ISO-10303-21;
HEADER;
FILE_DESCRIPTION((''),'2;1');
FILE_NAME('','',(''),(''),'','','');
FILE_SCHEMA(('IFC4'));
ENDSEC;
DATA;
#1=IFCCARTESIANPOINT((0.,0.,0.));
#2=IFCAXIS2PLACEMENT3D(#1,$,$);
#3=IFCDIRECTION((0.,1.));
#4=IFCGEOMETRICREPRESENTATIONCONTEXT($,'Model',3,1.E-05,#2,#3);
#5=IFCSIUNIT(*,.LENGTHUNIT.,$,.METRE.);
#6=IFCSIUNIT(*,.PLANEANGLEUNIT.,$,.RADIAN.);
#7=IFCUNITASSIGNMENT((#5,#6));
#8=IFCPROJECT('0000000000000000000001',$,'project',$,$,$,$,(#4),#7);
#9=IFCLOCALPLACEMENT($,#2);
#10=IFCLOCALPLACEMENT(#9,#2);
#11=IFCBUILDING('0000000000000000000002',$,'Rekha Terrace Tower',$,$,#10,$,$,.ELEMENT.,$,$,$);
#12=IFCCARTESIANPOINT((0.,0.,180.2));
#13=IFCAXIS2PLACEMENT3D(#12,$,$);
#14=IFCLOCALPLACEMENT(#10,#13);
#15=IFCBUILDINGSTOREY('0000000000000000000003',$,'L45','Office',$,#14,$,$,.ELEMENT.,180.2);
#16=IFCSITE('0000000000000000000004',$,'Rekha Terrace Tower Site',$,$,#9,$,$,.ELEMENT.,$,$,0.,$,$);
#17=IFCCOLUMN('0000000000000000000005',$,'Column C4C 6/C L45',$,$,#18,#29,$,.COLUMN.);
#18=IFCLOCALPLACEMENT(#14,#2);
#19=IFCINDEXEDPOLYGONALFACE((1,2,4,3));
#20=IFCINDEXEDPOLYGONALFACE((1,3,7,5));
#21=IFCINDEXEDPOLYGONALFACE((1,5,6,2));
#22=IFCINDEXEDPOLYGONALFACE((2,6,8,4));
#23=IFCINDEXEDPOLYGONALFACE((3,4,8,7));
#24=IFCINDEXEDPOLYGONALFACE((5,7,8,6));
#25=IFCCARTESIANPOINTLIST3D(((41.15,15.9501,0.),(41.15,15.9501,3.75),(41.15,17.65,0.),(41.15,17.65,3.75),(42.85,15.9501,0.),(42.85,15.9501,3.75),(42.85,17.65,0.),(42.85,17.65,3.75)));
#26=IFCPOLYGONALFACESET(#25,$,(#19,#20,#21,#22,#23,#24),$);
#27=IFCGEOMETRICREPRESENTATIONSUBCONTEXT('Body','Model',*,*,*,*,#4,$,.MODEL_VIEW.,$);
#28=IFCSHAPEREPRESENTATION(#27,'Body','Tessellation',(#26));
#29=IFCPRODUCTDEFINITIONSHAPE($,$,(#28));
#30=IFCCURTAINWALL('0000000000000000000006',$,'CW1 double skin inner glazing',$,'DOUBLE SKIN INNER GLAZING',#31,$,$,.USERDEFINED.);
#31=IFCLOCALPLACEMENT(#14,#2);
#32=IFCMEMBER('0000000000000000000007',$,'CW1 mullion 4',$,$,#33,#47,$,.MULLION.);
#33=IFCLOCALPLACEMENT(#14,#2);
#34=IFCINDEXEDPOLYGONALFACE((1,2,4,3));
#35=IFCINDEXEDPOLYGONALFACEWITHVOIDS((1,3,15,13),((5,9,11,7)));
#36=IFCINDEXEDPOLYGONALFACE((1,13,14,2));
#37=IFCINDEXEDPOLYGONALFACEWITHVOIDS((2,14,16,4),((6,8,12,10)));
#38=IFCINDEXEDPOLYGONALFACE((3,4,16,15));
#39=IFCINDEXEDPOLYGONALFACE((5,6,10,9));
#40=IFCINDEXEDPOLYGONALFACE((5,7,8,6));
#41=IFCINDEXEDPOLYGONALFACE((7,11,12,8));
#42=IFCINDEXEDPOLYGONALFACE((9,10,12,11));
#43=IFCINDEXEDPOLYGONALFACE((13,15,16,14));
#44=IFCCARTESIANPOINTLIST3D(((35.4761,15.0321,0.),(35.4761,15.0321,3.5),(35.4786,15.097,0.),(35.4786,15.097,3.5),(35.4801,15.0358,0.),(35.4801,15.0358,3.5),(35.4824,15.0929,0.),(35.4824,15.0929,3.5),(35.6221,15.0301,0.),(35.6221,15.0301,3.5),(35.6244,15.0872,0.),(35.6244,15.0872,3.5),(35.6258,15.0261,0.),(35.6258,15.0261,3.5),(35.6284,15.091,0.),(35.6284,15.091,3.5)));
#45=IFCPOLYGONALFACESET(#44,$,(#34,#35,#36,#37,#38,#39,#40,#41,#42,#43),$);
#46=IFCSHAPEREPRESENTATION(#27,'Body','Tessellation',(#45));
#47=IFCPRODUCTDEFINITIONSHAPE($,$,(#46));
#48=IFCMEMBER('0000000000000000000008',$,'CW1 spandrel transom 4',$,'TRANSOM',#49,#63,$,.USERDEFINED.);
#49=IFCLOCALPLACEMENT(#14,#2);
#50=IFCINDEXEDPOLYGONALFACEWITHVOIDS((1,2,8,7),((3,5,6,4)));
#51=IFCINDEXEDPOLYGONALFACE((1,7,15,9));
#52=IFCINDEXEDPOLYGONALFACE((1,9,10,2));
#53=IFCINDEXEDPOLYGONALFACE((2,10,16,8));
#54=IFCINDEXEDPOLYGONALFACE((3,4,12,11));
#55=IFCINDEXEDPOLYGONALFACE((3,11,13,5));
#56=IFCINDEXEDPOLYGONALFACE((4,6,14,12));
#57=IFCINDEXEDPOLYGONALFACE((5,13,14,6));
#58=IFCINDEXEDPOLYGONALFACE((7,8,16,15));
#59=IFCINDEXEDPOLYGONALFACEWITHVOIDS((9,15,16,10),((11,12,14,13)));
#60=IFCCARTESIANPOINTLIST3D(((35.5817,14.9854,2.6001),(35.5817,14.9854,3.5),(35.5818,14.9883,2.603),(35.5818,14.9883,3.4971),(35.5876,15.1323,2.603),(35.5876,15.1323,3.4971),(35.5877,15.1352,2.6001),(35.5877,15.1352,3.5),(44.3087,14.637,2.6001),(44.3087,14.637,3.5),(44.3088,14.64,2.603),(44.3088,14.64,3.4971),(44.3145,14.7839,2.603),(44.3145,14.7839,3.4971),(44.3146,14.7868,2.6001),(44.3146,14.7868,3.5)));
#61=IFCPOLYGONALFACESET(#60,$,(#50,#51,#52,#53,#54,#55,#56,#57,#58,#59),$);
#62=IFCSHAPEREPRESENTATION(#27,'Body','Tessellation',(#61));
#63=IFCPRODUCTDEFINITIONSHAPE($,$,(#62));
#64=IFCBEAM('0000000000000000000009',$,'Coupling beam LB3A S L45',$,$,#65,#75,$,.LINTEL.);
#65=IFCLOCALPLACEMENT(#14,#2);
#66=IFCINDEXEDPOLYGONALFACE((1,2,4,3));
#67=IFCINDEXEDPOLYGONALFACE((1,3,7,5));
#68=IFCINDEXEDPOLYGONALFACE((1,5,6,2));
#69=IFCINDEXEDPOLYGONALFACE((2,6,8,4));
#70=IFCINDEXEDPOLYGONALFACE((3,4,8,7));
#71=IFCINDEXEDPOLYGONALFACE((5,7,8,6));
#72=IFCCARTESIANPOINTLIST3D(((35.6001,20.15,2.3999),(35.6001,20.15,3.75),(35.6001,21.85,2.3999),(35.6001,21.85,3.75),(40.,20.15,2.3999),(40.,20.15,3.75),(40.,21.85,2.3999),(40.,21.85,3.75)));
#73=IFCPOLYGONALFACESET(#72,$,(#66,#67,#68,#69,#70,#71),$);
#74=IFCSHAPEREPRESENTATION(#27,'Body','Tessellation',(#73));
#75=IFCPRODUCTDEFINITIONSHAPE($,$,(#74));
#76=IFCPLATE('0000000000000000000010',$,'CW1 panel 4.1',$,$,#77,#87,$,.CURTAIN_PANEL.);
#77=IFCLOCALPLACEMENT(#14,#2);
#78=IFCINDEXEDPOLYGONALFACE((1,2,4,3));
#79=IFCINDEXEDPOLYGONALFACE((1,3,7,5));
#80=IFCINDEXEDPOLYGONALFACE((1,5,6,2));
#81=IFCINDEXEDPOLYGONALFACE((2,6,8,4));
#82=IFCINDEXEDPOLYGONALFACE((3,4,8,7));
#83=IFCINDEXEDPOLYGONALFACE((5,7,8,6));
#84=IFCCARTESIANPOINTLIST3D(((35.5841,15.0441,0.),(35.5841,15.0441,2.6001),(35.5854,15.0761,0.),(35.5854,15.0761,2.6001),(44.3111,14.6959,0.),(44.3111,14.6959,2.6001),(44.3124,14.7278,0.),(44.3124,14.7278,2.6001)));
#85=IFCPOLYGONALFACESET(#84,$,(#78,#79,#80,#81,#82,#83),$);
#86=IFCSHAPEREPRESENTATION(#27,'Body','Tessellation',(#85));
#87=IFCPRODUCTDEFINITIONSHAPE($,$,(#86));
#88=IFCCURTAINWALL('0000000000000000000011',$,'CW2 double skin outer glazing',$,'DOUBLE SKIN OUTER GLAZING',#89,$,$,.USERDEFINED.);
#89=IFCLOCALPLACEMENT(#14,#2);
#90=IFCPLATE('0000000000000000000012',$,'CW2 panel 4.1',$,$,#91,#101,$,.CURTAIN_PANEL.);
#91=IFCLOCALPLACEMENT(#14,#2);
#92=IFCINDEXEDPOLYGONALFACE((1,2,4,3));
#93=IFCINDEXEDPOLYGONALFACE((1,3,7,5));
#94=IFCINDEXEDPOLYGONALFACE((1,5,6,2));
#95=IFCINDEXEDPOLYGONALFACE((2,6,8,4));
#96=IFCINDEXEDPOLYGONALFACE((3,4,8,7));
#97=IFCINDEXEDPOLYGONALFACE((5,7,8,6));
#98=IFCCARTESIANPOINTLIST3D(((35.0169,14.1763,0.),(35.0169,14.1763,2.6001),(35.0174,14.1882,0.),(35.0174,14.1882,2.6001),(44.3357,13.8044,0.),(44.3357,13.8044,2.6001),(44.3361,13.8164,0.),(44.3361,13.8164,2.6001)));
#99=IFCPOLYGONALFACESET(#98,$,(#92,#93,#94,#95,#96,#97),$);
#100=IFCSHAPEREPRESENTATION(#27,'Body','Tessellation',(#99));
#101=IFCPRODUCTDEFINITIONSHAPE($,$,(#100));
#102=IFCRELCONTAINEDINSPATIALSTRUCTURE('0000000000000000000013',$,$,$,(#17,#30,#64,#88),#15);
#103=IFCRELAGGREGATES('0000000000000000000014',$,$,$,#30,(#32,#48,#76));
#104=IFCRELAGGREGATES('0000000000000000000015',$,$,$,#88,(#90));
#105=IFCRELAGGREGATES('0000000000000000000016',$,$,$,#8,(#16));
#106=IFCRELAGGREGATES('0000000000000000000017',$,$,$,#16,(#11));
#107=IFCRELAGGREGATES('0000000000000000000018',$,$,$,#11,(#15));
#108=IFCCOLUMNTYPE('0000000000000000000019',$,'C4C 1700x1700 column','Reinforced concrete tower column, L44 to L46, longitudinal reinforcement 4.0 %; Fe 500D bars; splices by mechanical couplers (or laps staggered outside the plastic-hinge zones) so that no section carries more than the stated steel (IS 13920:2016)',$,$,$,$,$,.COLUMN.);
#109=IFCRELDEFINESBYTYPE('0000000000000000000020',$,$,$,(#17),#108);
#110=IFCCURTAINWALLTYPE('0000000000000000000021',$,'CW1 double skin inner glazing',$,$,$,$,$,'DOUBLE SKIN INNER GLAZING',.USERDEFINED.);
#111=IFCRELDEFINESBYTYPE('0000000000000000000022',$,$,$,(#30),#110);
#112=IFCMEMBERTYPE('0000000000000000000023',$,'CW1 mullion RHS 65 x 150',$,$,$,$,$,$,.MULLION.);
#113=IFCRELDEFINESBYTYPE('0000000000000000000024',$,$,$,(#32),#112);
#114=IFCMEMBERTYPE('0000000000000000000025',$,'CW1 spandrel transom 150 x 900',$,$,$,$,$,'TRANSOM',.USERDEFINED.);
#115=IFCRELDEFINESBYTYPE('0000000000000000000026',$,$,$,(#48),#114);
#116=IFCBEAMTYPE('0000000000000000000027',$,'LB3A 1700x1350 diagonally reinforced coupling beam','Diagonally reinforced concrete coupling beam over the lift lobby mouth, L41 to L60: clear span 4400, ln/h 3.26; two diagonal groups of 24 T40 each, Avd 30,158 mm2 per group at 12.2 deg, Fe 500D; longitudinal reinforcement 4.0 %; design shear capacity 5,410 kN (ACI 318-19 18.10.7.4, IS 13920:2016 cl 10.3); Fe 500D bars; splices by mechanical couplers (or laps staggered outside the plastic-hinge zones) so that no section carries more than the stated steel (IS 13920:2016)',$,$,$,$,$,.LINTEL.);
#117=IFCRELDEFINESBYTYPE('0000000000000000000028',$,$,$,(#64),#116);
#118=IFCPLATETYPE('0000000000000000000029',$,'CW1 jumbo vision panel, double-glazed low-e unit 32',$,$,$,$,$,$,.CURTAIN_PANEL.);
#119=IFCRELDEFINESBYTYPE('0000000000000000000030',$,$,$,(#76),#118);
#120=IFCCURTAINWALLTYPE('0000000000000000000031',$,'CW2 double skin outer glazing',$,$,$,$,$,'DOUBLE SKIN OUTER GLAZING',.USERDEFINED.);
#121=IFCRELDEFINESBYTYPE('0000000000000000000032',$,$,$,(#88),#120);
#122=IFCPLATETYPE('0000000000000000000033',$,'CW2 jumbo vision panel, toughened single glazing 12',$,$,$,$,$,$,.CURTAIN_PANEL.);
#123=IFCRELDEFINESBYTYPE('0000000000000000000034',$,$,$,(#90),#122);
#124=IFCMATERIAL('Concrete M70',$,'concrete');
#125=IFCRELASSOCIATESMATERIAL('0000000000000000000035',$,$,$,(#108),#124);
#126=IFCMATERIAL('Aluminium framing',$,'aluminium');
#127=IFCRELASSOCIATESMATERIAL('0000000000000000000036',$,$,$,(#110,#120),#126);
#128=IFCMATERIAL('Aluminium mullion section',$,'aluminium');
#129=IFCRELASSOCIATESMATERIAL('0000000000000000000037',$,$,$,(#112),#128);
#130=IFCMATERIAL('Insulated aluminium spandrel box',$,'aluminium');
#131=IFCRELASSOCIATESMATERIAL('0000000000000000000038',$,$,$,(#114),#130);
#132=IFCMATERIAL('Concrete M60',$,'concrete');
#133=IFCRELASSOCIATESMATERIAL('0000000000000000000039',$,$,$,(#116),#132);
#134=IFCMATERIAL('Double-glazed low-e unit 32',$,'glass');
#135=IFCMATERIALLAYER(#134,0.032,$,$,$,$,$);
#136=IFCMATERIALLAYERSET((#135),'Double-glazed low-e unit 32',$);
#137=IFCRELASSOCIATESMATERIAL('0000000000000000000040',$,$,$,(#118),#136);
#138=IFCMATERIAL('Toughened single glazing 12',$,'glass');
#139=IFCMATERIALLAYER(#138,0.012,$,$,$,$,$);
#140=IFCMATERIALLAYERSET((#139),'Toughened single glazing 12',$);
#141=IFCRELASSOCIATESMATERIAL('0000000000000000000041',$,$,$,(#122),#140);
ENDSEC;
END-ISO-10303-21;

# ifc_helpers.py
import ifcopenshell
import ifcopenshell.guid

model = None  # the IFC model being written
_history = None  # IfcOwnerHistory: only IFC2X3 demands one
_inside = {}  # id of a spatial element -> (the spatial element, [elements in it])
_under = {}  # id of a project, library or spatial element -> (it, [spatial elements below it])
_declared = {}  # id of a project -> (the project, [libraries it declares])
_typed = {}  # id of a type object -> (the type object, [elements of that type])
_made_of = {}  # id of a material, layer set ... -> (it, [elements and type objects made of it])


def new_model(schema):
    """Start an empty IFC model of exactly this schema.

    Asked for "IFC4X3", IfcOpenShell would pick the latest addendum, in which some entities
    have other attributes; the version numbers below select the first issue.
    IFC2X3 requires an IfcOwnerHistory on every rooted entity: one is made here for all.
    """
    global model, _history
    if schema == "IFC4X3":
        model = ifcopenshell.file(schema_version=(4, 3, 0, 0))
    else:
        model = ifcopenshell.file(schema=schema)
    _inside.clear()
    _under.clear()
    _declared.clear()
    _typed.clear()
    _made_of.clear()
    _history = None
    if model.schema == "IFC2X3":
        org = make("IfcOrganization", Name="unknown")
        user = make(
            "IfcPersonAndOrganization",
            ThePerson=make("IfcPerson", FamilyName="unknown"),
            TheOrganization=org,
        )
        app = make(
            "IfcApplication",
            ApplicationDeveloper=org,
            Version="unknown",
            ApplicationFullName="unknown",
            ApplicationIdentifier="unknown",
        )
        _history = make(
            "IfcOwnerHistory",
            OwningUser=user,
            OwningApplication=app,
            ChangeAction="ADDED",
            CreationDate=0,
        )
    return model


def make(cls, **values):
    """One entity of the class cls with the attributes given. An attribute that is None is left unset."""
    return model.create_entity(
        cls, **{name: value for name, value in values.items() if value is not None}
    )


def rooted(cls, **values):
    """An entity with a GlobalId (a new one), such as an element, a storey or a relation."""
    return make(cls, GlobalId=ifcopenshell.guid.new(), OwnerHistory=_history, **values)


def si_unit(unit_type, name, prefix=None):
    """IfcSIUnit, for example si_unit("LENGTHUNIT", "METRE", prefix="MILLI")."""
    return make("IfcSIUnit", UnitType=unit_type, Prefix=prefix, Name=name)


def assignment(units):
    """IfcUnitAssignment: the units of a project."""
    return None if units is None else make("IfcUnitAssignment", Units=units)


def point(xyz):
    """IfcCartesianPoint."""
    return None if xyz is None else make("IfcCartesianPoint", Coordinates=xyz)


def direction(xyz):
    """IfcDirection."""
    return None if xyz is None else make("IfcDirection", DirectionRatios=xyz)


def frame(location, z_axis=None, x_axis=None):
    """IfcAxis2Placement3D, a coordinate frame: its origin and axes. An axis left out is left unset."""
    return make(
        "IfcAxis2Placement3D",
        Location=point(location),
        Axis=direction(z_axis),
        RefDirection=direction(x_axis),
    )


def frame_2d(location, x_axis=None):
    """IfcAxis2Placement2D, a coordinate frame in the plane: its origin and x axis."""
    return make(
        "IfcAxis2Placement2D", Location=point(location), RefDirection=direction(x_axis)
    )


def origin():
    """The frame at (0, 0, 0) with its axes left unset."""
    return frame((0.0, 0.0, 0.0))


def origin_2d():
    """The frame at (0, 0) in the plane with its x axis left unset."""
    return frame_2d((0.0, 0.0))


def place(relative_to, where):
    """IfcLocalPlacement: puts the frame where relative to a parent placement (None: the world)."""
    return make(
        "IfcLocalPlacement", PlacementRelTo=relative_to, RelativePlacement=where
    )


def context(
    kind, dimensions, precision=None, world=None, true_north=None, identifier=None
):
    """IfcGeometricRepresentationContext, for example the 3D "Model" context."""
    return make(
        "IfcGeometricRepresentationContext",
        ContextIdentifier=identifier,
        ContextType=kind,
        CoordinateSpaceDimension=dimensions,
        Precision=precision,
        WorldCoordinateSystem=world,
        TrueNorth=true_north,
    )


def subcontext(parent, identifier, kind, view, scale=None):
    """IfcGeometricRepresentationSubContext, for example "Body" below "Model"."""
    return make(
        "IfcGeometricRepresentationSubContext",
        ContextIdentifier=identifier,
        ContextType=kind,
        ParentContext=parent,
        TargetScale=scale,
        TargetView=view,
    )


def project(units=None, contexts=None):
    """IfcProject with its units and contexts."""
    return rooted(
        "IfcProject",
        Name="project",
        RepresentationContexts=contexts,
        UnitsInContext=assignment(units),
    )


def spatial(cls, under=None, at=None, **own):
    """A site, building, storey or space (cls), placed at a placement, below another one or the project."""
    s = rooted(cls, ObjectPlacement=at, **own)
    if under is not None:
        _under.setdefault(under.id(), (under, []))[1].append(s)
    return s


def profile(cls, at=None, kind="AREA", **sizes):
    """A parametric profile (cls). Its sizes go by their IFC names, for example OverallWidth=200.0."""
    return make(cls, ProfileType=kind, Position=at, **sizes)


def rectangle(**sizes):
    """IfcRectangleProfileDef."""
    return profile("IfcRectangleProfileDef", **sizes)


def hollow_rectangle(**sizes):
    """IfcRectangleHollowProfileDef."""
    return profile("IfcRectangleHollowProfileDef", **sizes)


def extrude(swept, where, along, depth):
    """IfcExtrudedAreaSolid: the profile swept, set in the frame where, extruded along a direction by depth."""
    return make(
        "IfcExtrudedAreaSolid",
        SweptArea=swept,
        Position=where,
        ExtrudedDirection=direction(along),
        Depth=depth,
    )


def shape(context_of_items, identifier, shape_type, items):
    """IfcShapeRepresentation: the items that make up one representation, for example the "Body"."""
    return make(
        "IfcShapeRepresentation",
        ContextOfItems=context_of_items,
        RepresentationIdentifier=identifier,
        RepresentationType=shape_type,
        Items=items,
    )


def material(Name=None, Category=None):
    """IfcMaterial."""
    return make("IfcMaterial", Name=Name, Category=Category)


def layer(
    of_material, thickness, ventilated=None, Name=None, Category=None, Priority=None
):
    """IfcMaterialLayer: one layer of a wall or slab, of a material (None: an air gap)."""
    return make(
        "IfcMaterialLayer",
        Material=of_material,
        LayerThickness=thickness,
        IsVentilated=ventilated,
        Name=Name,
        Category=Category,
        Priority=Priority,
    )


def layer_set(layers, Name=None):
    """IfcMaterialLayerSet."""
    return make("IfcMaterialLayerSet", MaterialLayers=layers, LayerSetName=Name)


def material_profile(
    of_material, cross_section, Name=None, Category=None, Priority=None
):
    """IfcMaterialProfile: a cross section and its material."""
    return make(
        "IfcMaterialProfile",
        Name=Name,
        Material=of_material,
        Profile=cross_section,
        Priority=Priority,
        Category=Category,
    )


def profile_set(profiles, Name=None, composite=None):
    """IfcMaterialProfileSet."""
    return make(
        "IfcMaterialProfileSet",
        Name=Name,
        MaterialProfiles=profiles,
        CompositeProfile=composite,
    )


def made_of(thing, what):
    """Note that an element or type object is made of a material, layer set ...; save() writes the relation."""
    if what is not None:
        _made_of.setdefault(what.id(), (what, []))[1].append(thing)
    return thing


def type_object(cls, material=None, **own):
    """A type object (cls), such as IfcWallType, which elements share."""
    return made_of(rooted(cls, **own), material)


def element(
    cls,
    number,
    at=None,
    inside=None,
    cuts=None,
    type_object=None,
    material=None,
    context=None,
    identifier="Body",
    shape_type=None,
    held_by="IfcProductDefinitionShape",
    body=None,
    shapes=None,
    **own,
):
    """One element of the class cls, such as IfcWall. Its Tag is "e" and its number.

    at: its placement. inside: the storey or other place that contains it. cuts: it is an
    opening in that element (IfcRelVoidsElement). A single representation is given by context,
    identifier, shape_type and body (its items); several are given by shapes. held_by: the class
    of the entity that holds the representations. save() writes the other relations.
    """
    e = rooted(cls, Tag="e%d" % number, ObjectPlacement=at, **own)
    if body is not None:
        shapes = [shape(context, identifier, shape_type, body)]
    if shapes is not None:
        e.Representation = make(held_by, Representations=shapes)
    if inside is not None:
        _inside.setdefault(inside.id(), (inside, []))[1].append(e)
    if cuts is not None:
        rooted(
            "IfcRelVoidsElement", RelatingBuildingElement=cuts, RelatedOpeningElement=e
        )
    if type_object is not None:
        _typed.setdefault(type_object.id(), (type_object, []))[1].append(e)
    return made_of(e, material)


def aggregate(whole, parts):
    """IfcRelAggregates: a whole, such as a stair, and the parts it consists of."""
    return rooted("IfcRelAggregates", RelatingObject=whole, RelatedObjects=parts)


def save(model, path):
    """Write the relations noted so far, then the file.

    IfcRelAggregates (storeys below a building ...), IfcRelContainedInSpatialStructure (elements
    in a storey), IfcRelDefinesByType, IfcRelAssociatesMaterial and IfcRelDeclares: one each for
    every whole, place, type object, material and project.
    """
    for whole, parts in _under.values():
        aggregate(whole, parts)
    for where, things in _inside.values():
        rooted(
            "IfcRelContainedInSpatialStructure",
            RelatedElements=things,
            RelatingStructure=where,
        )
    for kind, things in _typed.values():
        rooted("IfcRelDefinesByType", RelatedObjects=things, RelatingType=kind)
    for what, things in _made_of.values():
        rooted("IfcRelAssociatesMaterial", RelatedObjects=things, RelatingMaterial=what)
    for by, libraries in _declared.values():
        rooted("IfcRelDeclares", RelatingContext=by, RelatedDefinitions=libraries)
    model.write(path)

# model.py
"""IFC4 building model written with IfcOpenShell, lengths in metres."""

from ifc_helpers import new_model, si_unit, direction, frame, origin, origin_2d, place, context, subcontext, project, spatial, rectangle, hollow_rectangle, extrude, material, layer, layer_set, material_profile, profile_set, type_object, element, aggregate, save


model = new_model("IFC4")

# Units and contexts
model_context = context("Model", 3, precision=1e-05, world=origin(), true_north=direction((0.0, 1.0)))
body_context = subcontext(model_context, "Body", "Model", "MODEL_VIEW")
ifc_project = project(units=[si_unit("LENGTHUNIT", "METRE"), si_unit("PLANEANGLEUNIT", "RADIAN")], contexts=[model_context])

# Site, building, storey
site_placement = place(None, origin())
site = spatial("IfcSite", under=ifc_project, at=site_placement, Name="Rekha Terrace Tower Site", CompositionType="ELEMENT", RefElevation=0.0)
building_placement = place(site_placement, origin())
building = spatial("IfcBuilding", under=site, at=building_placement, Name="Rekha Terrace Tower", CompositionType="ELEMENT")
storey_placement = place(building_placement, frame((0.0, 0.0, 180.2)))
storey = spatial("IfcBuildingStorey", under=building, at=storey_placement, Name="L45", Description="Office", CompositionType="ELEMENT", Elevation=180.2)

# Column
ifc_material_1 = material(Name="Concrete M70", Category="concrete")
ifc_material_profile_1 = material_profile(ifc_material_1, rectangle(XDim=1.7, YDim=1.7, at=origin_2d()), Name="RC 1700x1700")
ifc_profile_set_1 = profile_set([ifc_material_profile_1], Name="Concrete M70")
column_type = type_object("IfcColumnType", Name="C4C 1700x1700 column", Description="Reinforced concrete tower column, L44 to L46, longitudinal reinforcement 4.0 %; Fe 500D bars; splices by mechanical couplers (or laps staggered outside the plastic-hinge zones) so that no section carries more than the stated steel (IS 13920:2016)", PredefinedType="COLUMN", material=ifc_profile_set_1)
column_placement = place(storey_placement, frame((42.0, 16.8, 0.0), z_axis=(0.0, 0.0, 1.0), x_axis=(1.0, 0.0, 0.0)))
element("IfcColumn", 1, at=column_placement, inside=storey, type_object=column_type, Name="Column C4C 6/C L45", PredefinedType="COLUMN", context=body_context, shape_type="SweptSolid", body=[
    extrude(rectangle(XDim=1.7, YDim=1.7, at=origin_2d()), origin(), (0.0, 0.0, 1.0), 3.75),
])

# Curtain wall, members
ifc_material_2 = material(Name="Aluminium framing", Category="aluminium")
curtain_wall_type_1 = type_object("IfcCurtainWallType", Name="CW1 double skin inner glazing", ElementType="DOUBLE SKIN INNER GLAZING", PredefinedType="USERDEFINED", material=ifc_material_2)
curtain_wall_1_placement = place(storey_placement, origin())
curtain_wall_1 = element("IfcCurtainWall", 2, at=curtain_wall_1_placement, inside=storey, type_object=curtain_wall_type_1, Name="CW1 double skin inner glazing", ObjectType="DOUBLE SKIN INNER GLAZING", PredefinedType="USERDEFINED")
ifc_material_3 = material(Name="Aluminium mullion section", Category="aluminium")
ifc_material_profile_2 = material_profile(ifc_material_3, hollow_rectangle(XDim=0.0649, YDim=0.1499, WallThickness=0.0039, at=origin_2d()), Name="AL RHS 65x150")
ifc_profile_set_2 = profile_set([ifc_material_profile_2], Name="Aluminium mullion section")
member_type_1 = type_object("IfcMemberType", Name="CW1 mullion RHS 65 x 150", PredefinedType="MULLION", material=ifc_profile_set_2)
member_1_placement = place(storey_placement, frame((35.5522, 15.0615, 0.0), z_axis=(0.0, 0.0, 1.0), x_axis=(0.039872, 0.999205, 0.0)))
member_1 = element("IfcMember", 3, at=member_1_placement, type_object=member_type_1, Name="CW1 mullion 4", PredefinedType="MULLION", context=body_context, shape_type="SweptSolid", body=[
    extrude(hollow_rectangle(XDim=0.0649, YDim=0.1499, WallThickness=0.0039, at=origin_2d()), origin(), (0.0, 0.0, 1.0), 3.5),
])
ifc_material_4 = material(Name="Insulated aluminium spandrel box", Category="aluminium")
ifc_material_profile_3 = material_profile(ifc_material_4, hollow_rectangle(XDim=0.1499, YDim=0.8999, WallThickness=0.0029, at=origin_2d()), Name="AL SPANDREL BOX 150x900")
ifc_profile_set_3 = profile_set([ifc_material_profile_3], Name="Insulated aluminium spandrel box")
member_type_2 = type_object("IfcMemberType", Name="CW1 spandrel transom 150 x 900", ElementType="TRANSOM", PredefinedType="USERDEFINED", material=ifc_profile_set_3)
member_2_placement = place(storey_placement, frame((35.5847, 15.0603, 3.05), z_axis=(0.999204, -0.039889, 0.0), x_axis=(0.039889, 0.999204, 0.0)))
member_2 = element("IfcMember", 4, at=member_2_placement, type_object=member_type_2, Name="CW1 spandrel transom 4", ObjectType="TRANSOM", PredefinedType="USERDEFINED", context=body_context, shape_type="SweptSolid", body=[
    extrude(hollow_rectangle(XDim=0.1499, YDim=0.8999, WallThickness=0.0029, at=origin_2d()), origin(), (0.0, 0.0, 1.0), 8.7339),
])

# Beam
ifc_material_5 = material(Name="Concrete M60", Category="concrete")
ifc_material_profile_4 = material_profile(ifc_material_5, rectangle(XDim=1.7, YDim=1.3501, at=origin_2d()), Name="RC 1700x1350")
ifc_profile_set_4 = profile_set([ifc_material_profile_4], Name="Concrete M60")
beam_type = type_object("IfcBeamType", Name="LB3A 1700x1350 diagonally reinforced coupling beam", Description="Diagonally reinforced concrete coupling beam over the lift lobby mouth, L41 to L60: clear span 4400, ln/h 3.26; two diagonal groups of 24 T40 each, Avd 30,158 mm2 per group at 12.2 deg, Fe 500D; longitudinal reinforcement 4.0 %; design shear capacity 5,410 kN (ACI 318-19 18.10.7.4, IS 13920:2016 cl 10.3); Fe 500D bars; splices by mechanical couplers (or laps staggered outside the plastic-hinge zones) so that no section carries more than the stated steel (IS 13920:2016)", PredefinedType="LINTEL", material=ifc_profile_set_4)
beam_placement = place(storey_placement, frame((35.6001, 21.0, 3.075), z_axis=(1.0, 0.0, 0.0), x_axis=(0.0, 1.0, 0.0)))
element("IfcBeam", 5, at=beam_placement, inside=storey, type_object=beam_type, Name="Coupling beam LB3A S L45", PredefinedType="LINTEL", context=body_context, shape_type="SweptSolid", body=[
    extrude(rectangle(XDim=1.7, YDim=1.3501, at=origin_2d()), origin(), (0.0, 0.0, 1.0), 4.3999),
])

# Plate
ifc_material_6 = material(Name="Double-glazed low-e unit 32", Category="glass")
ifc_layer_1 = layer(ifc_material_6, 0.032)
ifc_layer_set_1 = layer_set([ifc_layer_1], Name="Double-glazed low-e unit 32")
plate_type_1 = type_object("IfcPlateType", Name="CW1 jumbo vision panel, double-glazed low-e unit 32", PredefinedType="CURTAIN_PANEL", material=ifc_layer_set_1)
plate_1_placement = place(storey_placement, frame((39.9482, 14.886, 0.0), z_axis=(0.0, 0.0, 1.0), x_axis=(0.999205, -0.039872, 0.0)))
plate_1 = element("IfcPlate", 6, at=plate_1_placement, type_object=plate_type_1, Name="CW1 panel 4.1", PredefinedType="CURTAIN_PANEL", context=body_context, shape_type="SweptSolid", body=[
    extrude(rectangle(XDim=8.7339, YDim=0.032, at=origin_2d()), origin(), (0.0, 0.0, 1.0), 2.6001),
])
aggregate(curtain_wall_1, [member_1, member_2, plate_1])

# Curtain wall, plate
curtain_wall_type_2 = type_object("IfcCurtainWallType", Name="CW2 double skin outer glazing", ElementType="DOUBLE SKIN OUTER GLAZING", PredefinedType="USERDEFINED", material=ifc_material_2)
curtain_wall_2_placement = place(storey_placement, origin())
curtain_wall_2 = element("IfcCurtainWall", 7, at=curtain_wall_2_placement, inside=storey, type_object=curtain_wall_type_2, Name="CW2 double skin outer glazing", ObjectType="DOUBLE SKIN OUTER GLAZING", PredefinedType="USERDEFINED")
ifc_material_7 = material(Name="Toughened single glazing 12", Category="glass")
ifc_layer_2 = layer(ifc_material_7, 0.012)
ifc_layer_set_2 = layer_set([ifc_layer_2], Name="Toughened single glazing 12")
plate_type_2 = type_object("IfcPlateType", Name="CW2 jumbo vision panel, toughened single glazing 12", PredefinedType="CURTAIN_PANEL", material=ifc_layer_set_2)
plate_2_placement = place(storey_placement, frame((39.6765, 13.9963, 0.0), z_axis=(0.0, 0.0, 1.0), x_axis=(0.999205, -0.039872, 0.0)))
plate_2 = element("IfcPlate", 8, at=plate_2_placement, type_object=plate_type_2, Name="CW2 panel 4.1", PredefinedType="CURTAIN_PANEL", context=body_context, shape_type="SweptSolid", body=[
    extrude(rectangle(XDim=9.3262, YDim=0.012, at=origin_2d()), origin(), (0.0, 0.0, 1.0), 2.6001),
])
aggregate(curtain_wall_2, [plate_2])

save(model, "model.ifc")
